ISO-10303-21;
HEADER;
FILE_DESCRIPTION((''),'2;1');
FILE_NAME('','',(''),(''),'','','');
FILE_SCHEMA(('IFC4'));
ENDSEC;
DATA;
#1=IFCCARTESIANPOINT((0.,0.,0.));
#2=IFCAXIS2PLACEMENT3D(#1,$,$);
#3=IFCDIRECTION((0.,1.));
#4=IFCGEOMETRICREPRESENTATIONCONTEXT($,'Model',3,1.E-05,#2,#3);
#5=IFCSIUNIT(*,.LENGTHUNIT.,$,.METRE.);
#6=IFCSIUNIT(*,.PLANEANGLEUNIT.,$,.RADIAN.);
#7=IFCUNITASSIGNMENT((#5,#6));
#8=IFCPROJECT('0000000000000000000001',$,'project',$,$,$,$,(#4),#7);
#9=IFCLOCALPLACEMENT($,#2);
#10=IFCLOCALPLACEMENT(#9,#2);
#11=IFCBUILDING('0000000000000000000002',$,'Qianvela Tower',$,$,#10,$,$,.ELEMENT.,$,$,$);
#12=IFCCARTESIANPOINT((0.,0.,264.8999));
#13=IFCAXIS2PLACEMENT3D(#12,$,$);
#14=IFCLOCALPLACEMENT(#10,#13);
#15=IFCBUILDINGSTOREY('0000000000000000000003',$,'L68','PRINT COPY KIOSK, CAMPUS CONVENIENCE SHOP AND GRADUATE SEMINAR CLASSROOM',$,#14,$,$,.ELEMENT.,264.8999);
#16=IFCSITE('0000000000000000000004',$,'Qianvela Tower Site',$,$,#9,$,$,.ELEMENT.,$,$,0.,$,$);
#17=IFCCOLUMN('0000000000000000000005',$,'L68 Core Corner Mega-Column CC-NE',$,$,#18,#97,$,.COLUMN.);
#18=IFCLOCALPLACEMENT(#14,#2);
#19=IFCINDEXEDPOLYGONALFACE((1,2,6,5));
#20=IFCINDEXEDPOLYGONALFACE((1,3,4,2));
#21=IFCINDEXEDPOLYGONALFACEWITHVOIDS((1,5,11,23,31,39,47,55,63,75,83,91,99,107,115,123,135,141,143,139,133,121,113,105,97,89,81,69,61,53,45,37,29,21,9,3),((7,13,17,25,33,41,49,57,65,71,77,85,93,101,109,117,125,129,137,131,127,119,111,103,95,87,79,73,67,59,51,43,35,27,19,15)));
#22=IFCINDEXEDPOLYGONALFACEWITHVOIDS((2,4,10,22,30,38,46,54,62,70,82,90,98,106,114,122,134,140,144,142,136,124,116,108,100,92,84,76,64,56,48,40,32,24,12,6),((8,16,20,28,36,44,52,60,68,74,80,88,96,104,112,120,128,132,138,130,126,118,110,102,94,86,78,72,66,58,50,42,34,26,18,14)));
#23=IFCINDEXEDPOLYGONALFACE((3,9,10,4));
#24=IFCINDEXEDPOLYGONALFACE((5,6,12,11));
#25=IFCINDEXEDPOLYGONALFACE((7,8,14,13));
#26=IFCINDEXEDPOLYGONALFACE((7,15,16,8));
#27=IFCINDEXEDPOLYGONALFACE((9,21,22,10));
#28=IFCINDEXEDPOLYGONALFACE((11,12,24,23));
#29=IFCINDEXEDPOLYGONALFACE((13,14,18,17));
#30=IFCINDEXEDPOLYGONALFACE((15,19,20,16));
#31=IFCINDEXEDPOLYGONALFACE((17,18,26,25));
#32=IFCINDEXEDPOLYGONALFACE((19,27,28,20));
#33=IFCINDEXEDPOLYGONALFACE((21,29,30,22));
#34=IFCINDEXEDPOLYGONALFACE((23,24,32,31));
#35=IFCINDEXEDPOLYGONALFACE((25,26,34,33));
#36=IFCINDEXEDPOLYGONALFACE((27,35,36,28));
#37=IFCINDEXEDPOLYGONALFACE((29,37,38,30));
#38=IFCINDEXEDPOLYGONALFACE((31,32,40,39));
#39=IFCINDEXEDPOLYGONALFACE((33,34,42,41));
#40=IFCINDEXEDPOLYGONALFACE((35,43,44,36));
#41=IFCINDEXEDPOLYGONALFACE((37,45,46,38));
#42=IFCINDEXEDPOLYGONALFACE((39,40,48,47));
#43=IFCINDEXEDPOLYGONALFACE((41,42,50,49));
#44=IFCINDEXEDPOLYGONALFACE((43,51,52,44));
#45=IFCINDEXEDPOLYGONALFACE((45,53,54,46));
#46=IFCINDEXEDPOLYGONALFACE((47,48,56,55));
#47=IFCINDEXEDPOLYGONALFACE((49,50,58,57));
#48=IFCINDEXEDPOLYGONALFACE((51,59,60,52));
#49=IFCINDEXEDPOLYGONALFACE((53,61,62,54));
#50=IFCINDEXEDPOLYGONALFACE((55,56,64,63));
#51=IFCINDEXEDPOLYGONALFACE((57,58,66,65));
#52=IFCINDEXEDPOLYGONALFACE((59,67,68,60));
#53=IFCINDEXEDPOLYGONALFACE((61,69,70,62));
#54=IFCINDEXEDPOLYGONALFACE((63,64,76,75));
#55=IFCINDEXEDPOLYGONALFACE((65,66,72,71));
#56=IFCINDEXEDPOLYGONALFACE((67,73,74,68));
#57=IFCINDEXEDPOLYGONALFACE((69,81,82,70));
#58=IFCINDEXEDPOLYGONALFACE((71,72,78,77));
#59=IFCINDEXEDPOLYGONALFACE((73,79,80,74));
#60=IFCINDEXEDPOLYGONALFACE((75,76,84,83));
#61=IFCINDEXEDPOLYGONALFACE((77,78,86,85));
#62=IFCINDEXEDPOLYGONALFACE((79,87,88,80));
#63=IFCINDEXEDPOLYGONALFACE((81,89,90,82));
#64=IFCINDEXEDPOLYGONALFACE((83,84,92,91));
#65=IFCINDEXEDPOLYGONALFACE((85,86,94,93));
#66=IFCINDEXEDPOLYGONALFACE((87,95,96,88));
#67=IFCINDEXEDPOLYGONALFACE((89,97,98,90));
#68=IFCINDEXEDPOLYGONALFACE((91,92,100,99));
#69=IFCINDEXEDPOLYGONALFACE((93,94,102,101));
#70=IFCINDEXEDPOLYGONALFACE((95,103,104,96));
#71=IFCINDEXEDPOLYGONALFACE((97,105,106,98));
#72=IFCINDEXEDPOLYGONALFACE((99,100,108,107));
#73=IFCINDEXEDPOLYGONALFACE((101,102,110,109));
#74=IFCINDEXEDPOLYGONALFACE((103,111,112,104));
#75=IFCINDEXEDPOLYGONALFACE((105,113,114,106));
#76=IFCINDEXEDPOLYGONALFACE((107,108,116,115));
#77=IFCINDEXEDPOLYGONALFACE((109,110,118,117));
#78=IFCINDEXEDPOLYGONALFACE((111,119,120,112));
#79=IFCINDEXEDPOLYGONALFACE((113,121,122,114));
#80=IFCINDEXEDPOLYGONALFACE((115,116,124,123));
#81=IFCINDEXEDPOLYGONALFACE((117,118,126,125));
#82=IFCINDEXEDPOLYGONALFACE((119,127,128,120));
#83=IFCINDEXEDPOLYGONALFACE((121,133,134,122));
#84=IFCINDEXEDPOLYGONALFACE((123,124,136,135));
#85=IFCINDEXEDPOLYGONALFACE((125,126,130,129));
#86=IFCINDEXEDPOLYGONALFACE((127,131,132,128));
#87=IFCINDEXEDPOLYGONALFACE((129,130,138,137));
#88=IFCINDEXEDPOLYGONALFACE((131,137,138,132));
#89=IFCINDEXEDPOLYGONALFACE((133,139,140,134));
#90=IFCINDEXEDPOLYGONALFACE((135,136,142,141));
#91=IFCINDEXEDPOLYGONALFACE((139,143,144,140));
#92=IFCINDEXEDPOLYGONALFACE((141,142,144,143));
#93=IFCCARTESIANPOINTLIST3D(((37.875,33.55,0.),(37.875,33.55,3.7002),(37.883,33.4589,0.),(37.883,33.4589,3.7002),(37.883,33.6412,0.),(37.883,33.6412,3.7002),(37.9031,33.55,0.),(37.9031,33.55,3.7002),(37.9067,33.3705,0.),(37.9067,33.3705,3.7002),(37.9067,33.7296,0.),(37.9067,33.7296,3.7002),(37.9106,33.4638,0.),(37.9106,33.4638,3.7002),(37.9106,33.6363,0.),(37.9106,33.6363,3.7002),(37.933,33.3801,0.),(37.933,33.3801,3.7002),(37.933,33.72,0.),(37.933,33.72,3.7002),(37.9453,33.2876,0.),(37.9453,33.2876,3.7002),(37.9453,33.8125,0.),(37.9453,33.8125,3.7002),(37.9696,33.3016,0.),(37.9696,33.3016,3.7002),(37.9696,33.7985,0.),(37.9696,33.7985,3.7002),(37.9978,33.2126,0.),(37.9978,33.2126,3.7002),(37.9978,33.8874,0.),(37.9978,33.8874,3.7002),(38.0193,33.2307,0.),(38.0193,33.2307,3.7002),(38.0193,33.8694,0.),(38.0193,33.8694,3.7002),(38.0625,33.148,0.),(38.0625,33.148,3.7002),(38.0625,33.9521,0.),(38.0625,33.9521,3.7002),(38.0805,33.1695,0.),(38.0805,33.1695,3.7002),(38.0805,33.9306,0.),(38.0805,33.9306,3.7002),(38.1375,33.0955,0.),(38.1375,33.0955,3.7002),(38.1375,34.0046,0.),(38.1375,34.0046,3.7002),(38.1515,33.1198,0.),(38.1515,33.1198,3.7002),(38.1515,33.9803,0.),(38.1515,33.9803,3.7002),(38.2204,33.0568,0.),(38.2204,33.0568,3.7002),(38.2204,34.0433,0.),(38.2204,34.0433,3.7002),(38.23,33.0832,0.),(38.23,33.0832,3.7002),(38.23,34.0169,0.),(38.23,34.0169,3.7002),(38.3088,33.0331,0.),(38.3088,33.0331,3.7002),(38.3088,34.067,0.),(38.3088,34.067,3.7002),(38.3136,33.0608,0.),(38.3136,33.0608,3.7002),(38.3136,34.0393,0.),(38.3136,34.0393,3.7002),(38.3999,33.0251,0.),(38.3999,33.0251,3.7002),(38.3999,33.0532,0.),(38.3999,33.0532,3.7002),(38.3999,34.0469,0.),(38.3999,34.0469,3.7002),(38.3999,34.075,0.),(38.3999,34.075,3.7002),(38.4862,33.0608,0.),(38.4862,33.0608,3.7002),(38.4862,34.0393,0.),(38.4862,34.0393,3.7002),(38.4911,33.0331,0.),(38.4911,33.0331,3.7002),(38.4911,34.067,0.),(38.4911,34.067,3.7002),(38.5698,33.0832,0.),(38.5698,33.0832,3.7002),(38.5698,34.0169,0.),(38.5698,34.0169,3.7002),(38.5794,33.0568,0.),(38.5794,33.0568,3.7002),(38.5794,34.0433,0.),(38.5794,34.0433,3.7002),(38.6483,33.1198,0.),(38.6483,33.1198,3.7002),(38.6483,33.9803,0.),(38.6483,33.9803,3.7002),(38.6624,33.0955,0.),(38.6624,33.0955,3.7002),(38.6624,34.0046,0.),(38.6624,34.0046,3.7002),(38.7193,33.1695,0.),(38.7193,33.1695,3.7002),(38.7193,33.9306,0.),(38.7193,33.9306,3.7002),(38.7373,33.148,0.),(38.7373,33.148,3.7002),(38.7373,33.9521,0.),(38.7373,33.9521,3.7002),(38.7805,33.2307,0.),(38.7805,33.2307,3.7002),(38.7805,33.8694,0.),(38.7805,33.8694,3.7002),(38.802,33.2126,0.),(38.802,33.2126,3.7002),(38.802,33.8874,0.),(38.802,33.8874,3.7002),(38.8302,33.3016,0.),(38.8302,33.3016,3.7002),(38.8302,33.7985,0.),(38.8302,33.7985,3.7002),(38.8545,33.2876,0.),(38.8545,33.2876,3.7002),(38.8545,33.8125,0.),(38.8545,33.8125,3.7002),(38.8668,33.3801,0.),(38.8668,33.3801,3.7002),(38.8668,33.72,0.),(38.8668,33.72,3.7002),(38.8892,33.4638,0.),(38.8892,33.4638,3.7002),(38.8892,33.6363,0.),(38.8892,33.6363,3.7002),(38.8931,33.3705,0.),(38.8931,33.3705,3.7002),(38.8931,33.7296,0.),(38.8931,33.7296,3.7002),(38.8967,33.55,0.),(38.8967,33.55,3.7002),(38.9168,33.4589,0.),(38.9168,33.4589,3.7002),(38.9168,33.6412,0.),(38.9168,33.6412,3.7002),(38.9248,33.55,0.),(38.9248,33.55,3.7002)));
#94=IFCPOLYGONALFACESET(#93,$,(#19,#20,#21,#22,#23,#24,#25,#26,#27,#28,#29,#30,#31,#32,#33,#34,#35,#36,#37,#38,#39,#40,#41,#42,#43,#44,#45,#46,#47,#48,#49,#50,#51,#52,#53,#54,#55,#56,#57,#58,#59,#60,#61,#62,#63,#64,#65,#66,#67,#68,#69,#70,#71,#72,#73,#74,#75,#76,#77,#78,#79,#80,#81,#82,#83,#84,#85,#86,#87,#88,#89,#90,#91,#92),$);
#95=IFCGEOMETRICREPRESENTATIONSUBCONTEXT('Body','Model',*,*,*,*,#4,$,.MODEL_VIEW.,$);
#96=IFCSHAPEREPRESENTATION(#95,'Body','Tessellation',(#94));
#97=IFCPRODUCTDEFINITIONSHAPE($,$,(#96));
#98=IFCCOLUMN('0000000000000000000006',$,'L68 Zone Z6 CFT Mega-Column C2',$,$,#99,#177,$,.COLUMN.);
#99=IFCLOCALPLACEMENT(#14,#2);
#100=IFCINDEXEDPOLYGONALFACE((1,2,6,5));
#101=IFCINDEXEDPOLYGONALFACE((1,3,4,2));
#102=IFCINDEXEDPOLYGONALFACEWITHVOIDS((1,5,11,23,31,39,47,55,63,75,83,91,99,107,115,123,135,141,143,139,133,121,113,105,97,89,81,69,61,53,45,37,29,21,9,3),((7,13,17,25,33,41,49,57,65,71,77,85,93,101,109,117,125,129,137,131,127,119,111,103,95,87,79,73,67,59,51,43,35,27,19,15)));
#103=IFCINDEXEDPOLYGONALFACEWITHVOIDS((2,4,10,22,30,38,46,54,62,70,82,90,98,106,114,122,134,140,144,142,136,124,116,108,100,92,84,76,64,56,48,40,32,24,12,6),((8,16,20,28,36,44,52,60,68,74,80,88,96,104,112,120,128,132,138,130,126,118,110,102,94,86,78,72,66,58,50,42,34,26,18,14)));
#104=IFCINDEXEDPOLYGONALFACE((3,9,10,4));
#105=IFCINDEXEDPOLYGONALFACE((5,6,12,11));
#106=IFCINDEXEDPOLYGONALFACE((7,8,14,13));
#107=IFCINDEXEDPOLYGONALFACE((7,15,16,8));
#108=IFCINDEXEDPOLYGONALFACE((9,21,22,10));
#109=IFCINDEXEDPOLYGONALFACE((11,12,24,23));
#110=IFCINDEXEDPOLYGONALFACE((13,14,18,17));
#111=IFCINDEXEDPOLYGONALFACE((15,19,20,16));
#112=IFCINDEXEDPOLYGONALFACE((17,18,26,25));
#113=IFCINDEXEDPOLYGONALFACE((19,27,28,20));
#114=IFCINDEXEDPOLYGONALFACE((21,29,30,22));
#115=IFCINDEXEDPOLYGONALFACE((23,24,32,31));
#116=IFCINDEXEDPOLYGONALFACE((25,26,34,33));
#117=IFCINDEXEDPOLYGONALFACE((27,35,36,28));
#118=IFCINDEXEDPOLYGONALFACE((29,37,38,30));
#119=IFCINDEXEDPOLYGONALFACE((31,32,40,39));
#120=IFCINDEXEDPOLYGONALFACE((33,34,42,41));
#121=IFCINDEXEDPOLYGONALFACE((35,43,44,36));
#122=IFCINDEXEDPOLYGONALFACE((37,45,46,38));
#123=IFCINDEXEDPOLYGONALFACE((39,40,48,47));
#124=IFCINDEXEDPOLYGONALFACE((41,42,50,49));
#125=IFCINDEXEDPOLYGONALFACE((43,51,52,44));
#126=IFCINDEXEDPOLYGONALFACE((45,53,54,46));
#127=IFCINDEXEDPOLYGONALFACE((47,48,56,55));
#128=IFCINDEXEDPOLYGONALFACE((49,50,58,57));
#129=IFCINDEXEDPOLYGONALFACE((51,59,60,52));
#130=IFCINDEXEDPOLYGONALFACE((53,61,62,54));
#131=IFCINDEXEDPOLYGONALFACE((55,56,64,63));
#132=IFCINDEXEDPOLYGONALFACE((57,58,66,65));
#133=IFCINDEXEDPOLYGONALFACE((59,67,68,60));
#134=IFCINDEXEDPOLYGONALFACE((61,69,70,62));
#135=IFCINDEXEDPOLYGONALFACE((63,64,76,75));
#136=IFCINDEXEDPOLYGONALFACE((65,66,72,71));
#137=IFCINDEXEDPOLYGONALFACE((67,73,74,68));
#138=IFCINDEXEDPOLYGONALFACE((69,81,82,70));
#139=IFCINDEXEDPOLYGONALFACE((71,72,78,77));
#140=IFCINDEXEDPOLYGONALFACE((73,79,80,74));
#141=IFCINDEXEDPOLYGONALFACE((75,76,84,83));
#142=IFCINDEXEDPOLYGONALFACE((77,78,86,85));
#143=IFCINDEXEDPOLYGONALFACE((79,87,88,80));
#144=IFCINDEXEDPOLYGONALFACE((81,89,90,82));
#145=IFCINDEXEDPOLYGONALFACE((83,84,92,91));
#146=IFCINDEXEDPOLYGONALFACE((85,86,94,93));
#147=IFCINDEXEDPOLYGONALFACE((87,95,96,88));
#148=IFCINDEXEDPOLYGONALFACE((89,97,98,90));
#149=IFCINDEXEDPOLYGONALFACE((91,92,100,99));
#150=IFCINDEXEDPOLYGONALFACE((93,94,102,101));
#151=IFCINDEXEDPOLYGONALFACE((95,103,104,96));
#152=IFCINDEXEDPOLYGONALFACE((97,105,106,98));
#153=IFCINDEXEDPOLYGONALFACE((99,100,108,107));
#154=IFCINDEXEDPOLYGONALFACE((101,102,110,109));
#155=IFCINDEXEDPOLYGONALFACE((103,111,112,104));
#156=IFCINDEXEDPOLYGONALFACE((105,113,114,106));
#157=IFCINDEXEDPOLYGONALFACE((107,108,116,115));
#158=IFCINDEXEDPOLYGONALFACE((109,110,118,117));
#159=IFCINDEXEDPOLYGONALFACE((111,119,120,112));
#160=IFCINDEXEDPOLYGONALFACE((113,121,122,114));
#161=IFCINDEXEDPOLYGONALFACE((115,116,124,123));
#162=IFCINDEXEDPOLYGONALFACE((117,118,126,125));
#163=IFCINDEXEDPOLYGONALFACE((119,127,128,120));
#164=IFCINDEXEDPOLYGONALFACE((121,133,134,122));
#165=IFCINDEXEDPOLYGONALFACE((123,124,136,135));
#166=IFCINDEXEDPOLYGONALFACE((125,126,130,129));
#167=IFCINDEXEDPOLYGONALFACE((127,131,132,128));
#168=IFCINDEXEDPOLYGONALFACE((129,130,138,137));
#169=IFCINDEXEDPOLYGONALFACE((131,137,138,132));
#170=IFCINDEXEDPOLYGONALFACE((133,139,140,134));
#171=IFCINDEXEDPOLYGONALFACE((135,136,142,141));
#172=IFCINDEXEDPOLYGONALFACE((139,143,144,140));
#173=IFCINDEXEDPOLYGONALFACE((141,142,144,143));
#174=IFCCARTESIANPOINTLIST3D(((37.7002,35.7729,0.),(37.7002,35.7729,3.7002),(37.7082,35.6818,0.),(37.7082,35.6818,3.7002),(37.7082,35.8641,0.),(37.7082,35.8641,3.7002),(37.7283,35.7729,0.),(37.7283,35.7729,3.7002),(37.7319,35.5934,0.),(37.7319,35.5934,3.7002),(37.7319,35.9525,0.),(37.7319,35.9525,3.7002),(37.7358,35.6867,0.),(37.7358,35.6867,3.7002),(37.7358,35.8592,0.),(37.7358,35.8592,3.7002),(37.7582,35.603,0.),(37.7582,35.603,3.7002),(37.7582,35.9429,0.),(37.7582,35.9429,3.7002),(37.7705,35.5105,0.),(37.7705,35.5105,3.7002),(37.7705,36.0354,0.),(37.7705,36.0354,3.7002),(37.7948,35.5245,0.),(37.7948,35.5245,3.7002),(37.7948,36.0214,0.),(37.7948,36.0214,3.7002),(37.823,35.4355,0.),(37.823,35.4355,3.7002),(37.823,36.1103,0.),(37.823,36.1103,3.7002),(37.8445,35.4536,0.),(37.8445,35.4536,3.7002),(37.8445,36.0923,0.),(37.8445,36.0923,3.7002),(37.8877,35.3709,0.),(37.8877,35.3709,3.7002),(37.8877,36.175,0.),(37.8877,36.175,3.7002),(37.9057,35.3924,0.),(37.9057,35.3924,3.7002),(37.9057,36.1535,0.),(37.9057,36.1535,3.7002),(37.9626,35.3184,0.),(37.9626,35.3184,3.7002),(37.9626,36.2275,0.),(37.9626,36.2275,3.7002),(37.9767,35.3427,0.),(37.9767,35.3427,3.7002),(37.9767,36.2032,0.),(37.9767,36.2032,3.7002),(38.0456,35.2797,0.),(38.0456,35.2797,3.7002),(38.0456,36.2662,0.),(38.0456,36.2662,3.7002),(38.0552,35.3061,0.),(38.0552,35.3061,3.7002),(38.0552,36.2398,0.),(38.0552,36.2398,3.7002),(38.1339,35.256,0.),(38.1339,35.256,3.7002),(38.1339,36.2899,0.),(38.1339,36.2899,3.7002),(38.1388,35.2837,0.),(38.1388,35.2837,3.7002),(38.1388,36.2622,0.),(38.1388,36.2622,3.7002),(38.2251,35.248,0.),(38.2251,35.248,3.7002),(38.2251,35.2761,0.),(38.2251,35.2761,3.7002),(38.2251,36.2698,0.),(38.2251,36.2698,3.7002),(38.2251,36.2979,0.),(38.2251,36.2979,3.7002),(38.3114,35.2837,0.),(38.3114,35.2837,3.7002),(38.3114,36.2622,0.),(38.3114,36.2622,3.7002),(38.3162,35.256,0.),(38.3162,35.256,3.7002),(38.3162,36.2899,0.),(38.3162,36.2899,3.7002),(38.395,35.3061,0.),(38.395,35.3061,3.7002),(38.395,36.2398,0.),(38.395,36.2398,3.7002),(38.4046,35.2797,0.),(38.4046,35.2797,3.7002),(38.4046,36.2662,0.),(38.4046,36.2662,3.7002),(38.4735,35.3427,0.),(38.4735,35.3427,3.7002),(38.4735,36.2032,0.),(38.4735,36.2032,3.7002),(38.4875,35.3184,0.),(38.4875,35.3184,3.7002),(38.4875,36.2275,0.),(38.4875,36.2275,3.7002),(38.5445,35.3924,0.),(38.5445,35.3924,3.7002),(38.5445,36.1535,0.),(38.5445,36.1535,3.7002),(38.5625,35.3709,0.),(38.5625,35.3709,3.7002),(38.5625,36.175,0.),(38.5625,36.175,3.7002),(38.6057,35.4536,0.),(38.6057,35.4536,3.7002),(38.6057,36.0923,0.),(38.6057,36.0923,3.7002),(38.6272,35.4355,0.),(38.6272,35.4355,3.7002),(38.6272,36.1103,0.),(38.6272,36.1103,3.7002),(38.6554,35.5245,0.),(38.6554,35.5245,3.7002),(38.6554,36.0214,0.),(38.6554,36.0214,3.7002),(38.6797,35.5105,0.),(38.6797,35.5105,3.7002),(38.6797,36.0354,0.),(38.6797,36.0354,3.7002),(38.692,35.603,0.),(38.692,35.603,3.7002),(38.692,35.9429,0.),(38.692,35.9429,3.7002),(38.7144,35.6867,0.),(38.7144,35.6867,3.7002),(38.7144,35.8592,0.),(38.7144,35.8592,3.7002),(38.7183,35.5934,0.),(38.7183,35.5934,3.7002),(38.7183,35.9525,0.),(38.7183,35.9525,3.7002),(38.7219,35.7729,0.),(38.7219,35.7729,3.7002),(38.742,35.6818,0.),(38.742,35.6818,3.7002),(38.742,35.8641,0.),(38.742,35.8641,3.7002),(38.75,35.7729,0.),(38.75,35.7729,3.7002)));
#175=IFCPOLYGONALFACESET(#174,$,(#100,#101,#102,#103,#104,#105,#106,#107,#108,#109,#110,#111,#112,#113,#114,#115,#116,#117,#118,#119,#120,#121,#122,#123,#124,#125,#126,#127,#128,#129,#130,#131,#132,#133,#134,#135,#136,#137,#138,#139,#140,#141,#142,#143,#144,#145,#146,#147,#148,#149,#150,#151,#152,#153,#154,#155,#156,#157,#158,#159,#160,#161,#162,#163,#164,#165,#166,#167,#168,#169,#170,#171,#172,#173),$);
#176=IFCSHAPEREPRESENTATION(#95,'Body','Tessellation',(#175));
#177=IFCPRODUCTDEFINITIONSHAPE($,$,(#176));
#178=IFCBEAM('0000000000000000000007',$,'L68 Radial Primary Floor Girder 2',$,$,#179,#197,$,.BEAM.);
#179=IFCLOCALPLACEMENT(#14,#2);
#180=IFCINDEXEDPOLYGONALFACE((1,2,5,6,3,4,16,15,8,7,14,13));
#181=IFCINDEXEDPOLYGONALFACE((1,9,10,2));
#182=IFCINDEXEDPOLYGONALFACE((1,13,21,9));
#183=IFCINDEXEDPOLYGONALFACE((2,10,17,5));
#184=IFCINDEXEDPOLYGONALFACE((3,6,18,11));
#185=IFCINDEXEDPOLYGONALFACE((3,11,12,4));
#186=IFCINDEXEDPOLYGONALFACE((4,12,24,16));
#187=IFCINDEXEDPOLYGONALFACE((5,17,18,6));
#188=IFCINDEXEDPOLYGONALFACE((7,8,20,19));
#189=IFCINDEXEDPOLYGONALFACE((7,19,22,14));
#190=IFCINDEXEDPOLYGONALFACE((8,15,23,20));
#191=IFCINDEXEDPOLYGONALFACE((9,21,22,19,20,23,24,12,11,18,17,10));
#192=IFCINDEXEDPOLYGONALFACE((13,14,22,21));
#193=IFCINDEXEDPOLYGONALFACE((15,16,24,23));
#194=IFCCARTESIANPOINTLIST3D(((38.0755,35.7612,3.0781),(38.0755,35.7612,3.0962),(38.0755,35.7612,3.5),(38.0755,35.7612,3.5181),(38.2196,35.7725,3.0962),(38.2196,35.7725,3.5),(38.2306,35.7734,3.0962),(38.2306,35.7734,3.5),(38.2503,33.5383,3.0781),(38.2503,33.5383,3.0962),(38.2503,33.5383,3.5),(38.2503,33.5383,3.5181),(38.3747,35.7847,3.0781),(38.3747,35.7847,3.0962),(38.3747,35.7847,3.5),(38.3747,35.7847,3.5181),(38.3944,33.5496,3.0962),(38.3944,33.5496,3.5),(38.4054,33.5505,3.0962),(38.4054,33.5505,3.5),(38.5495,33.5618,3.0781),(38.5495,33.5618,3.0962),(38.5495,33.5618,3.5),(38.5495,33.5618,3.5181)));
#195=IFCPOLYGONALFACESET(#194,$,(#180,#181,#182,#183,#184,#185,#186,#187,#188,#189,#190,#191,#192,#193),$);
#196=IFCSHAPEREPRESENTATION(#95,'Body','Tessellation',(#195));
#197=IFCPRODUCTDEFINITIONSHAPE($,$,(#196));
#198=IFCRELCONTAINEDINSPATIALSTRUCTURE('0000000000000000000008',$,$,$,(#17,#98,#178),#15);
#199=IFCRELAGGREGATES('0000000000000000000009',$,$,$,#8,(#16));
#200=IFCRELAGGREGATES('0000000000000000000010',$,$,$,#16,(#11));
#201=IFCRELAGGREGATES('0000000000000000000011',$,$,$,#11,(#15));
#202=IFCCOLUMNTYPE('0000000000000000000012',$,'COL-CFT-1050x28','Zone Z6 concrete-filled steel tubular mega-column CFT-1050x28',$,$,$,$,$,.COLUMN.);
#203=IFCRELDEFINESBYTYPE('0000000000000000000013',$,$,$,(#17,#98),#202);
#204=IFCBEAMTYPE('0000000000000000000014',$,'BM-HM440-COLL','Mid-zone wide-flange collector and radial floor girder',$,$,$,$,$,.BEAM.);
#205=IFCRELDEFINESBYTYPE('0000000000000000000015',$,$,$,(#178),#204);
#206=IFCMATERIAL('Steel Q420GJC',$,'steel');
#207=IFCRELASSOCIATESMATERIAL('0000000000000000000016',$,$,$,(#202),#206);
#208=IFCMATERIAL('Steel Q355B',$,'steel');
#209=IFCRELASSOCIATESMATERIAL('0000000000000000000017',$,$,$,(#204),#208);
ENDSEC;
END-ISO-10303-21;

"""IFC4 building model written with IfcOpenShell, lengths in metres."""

from ifc_helpers import new_model, si_unit, direction, frame, origin, origin_2d, place, context, subcontext, project, spatial, hollow_circle, i_section, extrude, material, material_profile, profile_set, type_object, element, save


model = new_model("IFC4")

# Units and contexts
model_context = context("Model", 3, precision=1e-05, world=origin(), true_north=direction((0.0, 1.0)))
body_context = subcontext(model_context, "Body", "Model", "MODEL_VIEW")
ifc_project = project(units=[si_unit("LENGTHUNIT", "METRE"), si_unit("PLANEANGLEUNIT", "RADIAN")], contexts=[model_context])

# Site, building, storey
site_placement = place(None, origin())
site = spatial("IfcSite", under=ifc_project, at=site_placement, Name="Qianvela Tower Site", CompositionType="ELEMENT", RefElevation=0.0)
building_placement = place(site_placement, origin())
building = spatial("IfcBuilding", under=site, at=building_placement, Name="Qianvela Tower", CompositionType="ELEMENT")
storey_placement = place(building_placement, frame((0.0, 0.0, 264.8999)))
storey = spatial("IfcBuildingStorey", under=building, at=storey_placement, Name="L68", Description="PRINT COPY KIOSK, CAMPUS CONVENIENCE SHOP AND GRADUATE SEMINAR CLASSROOM", CompositionType="ELEMENT", Elevation=264.8999)

# Columns
ifc_material_1 = material(Name="Steel Q420GJC", Category="steel")
ifc_material_profile_1 = material_profile(ifc_material_1, hollow_circle(Radius=0.5249, WallThickness=0.0281, at=origin_2d()), Name="CFT-1050x28")
ifc_profile_set_1 = profile_set([ifc_material_profile_1], Name="Steel Q420GJC")
column_type = type_object("IfcColumnType", Name="COL-CFT-1050x28", Description="Zone Z6 concrete-filled steel tubular mega-column CFT-1050x28", PredefinedType="COLUMN", material=ifc_profile_set_1)
for number, where, z_axis, x_axis, name in (
    (1, (38.3999, 33.55, 0.0), (0.0, 0.0, 1.0), (1.0, 0.0, 0.0), "L68 Core Corner Mega-Column CC-NE"),
    (2, (38.2251, 35.7729, 0.0), (0.0, 0.0, 1.0), (1.0, 0.0, 0.0), "L68 Zone Z6 CFT Mega-Column C2"),
):
    element("IfcColumn", number, at=place(storey_placement, frame(where, z_axis=z_axis, x_axis=x_axis)), inside=storey, type_object=column_type, Name=name, PredefinedType="COLUMN", context=body_context, shape_type="SweptSolid", body=[
        extrude(hollow_circle(Radius=0.5249, WallThickness=0.0281, at=origin_2d()), origin(), (0.0, 0.0, 1.0), 3.7002),
    ])

# Beam
ifc_material_2 = material(Name="Steel Q355B", Category="steel")
ifc_material_profile_2 = material_profile(ifc_material_2, i_section(OverallWidth=0.3, OverallDepth=0.4399, WebThickness=0.011, FlangeThickness=0.0181, at=origin_2d()), Name="HM440x300x11x18")
ifc_profile_set_2 = profile_set([ifc_material_profile_2], Name="Steel Q355B")
beam_type_1 = type_object("IfcBeamType", Name="BM-HM440-COLL", Description="Mid-zone wide-flange collector and radial floor girder", PredefinedType="BEAM", material=ifc_profile_set_2)
beam_1_placement = place(storey_placement, frame((38.3999, 33.55, 3.2981), z_axis=(-0.078396, 0.996922, 0.0), x_axis=(-0.996922, -0.078396, 0.0)))
element("IfcBeam", 3, at=beam_1_placement, inside=storey, type_object=beam_type_1, Name="L68 Radial Primary Floor Girder 2", PredefinedType="BEAM", context=body_context, shape_type="SweptSolid", body=[
    extrude(i_section(OverallWidth=0.3, OverallDepth=0.4399, WebThickness=0.011, FlangeThickness=0.0181, at=origin_2d()), origin(), (0.0, 0.0, 1.0), 2.2297),
])

save(model, "model.ifc")
